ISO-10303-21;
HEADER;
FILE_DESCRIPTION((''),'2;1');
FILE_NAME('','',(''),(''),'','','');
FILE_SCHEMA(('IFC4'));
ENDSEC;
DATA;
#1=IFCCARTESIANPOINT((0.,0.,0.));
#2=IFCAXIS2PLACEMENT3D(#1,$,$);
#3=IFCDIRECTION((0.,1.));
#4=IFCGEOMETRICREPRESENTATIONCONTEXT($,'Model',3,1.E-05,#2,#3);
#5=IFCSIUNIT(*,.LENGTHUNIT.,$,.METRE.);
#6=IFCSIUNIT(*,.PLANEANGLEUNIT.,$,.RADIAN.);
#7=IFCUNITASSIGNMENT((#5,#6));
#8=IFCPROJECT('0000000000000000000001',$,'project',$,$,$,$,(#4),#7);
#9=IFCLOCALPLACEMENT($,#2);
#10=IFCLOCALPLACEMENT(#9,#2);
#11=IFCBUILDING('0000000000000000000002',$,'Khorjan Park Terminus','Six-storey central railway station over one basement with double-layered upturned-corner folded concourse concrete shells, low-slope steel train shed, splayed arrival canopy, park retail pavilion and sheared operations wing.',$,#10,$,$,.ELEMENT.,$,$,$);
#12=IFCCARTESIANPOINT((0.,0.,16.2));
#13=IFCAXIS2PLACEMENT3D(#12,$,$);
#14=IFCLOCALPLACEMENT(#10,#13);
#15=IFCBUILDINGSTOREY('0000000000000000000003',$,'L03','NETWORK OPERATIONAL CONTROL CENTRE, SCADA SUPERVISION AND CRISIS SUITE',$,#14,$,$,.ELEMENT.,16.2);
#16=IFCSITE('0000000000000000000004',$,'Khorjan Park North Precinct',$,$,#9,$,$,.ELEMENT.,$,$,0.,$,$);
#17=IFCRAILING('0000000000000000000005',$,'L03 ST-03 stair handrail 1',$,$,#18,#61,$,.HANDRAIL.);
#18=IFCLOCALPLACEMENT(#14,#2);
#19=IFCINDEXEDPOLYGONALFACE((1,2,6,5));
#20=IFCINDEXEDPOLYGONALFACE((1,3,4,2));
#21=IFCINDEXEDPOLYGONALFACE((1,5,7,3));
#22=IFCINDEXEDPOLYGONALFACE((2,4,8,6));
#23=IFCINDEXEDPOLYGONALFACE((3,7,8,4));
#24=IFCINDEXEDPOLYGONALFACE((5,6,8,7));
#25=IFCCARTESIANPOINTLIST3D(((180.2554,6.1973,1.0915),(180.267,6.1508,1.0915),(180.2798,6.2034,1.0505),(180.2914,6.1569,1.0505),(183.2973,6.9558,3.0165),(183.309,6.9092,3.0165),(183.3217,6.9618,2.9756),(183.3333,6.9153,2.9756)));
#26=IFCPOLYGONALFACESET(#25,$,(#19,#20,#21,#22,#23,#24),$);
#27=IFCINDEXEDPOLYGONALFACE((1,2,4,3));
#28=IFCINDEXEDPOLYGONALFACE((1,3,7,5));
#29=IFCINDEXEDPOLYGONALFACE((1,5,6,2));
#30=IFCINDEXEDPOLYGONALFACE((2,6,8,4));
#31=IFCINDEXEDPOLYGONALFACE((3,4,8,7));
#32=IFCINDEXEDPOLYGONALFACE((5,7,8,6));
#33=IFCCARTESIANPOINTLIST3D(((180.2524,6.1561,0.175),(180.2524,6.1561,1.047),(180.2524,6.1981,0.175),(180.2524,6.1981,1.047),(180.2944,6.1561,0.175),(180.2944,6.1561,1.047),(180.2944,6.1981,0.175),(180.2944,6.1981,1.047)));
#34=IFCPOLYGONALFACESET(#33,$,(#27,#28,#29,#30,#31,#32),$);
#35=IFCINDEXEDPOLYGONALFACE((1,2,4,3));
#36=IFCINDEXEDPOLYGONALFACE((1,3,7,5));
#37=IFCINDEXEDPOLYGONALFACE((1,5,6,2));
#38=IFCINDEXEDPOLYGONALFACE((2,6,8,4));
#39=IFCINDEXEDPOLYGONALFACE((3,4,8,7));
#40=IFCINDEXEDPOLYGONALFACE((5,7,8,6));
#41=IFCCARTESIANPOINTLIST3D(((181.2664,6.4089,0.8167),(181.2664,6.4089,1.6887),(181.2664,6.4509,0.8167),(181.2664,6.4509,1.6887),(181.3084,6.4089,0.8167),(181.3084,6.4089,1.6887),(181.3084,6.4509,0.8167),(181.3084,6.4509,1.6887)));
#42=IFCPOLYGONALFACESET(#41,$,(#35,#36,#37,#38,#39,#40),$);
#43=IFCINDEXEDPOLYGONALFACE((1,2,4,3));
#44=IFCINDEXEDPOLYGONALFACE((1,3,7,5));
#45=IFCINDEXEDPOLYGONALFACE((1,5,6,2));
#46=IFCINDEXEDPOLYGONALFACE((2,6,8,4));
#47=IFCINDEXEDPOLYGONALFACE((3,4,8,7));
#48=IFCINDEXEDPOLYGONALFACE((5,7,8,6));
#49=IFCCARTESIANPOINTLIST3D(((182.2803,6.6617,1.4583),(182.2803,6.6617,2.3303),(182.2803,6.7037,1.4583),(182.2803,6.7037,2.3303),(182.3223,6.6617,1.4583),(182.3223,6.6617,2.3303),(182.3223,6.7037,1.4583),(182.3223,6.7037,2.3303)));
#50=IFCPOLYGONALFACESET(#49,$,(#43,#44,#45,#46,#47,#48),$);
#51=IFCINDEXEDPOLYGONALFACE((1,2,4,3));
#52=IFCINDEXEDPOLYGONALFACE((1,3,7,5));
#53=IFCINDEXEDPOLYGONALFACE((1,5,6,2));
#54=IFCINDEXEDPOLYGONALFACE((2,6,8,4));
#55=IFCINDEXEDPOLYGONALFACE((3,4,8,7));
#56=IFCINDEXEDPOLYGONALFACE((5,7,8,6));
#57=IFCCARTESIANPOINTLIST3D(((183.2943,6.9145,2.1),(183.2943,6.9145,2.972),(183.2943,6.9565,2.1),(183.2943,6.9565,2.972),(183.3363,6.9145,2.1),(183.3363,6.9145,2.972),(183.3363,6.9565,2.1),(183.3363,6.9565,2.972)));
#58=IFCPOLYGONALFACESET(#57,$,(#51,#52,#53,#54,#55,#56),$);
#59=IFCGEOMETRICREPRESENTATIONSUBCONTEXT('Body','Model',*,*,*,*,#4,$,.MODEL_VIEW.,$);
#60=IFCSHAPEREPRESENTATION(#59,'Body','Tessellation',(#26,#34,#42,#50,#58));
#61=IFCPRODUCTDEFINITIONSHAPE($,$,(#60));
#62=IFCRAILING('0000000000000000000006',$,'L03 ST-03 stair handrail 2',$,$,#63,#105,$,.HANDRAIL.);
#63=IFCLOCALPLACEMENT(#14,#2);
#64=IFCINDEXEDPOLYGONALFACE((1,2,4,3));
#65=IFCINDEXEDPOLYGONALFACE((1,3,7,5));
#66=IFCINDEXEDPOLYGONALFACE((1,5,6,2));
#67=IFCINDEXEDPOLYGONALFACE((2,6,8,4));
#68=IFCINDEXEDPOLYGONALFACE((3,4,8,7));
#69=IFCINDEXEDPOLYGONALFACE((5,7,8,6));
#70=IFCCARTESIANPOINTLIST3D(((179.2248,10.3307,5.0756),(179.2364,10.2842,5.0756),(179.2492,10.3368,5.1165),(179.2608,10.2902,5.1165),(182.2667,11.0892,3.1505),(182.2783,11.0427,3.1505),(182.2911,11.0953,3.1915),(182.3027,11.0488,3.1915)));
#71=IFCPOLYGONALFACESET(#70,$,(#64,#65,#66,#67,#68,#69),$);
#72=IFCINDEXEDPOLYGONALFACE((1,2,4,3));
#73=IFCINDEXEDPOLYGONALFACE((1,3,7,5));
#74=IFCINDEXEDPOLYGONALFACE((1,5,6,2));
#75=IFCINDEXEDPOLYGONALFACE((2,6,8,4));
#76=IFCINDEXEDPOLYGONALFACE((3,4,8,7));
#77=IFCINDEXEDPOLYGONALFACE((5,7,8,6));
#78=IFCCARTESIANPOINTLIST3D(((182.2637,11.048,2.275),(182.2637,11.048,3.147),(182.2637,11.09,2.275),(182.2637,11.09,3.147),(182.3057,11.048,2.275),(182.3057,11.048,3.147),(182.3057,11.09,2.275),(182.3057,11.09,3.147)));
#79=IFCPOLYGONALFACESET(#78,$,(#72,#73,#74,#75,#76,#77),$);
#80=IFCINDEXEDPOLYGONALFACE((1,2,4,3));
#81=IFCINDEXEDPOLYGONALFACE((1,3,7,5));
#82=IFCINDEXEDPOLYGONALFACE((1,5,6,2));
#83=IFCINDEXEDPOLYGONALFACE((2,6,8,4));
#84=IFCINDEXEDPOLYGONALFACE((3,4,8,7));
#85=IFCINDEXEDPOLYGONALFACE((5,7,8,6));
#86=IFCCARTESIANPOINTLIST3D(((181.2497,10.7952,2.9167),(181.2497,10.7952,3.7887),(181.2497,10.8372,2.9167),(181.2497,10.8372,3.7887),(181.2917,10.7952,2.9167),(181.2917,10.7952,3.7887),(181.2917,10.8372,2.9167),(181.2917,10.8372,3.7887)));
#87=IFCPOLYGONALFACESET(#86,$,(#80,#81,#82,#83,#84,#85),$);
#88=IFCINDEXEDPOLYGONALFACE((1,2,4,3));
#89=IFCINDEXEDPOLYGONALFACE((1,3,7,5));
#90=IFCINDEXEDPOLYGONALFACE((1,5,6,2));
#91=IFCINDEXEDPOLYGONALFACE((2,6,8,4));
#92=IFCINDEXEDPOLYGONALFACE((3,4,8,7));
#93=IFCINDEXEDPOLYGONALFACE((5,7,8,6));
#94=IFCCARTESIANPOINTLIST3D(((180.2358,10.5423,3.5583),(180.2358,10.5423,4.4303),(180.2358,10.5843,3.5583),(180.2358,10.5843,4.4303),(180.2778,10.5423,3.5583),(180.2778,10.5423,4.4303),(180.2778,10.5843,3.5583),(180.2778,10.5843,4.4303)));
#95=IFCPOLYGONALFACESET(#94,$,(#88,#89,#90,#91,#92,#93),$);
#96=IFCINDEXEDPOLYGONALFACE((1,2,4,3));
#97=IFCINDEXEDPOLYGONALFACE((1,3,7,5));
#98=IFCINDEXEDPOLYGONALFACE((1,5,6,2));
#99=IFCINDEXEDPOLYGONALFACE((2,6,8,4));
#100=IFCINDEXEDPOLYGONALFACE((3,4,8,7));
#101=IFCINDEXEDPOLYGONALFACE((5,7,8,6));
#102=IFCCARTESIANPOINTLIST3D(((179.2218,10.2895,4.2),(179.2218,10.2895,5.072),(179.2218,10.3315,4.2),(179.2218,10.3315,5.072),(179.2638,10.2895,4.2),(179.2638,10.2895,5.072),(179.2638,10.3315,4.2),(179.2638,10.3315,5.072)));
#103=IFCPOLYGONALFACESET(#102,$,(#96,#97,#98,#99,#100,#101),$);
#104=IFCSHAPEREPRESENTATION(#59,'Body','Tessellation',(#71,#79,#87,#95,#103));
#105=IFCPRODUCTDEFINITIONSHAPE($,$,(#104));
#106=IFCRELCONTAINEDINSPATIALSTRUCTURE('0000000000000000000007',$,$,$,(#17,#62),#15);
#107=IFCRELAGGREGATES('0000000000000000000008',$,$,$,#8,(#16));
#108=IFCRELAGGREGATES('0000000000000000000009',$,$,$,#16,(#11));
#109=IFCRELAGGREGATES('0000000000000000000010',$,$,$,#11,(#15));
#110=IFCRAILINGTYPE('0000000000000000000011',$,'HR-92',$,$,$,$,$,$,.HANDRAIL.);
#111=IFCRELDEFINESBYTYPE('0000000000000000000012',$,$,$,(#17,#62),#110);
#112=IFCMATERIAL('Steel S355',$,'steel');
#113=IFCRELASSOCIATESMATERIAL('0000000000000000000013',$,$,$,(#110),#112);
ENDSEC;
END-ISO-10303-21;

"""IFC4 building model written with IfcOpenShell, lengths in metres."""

from ifc_helpers import new_model, si_unit, direction, frame, origin, origin_2d, place, context, subcontext, project, spatial, rectangle, extrude, material, type_object, element, save


model = new_model("IFC4")

# Units and contexts
model_context = context("Model", 3, precision=1e-05, world=origin(), true_north=direction((0.0, 1.0)))
body_context = subcontext(model_context, "Body", "Model", "MODEL_VIEW")
ifc_project = project(units=[si_unit("LENGTHUNIT", "METRE"), si_unit("PLANEANGLEUNIT", "RADIAN")], contexts=[model_context])

# Site, building, storey
site_placement = place(None, origin())
site = spatial("IfcSite", under=ifc_project, at=site_placement, Name="Khorjan Park North Precinct", CompositionType="ELEMENT", RefElevation=0.0)
building_placement = place(site_placement, origin())
building = spatial("IfcBuilding", under=site, at=building_placement, Name="Khorjan Park Terminus", Description="Six-storey central railway station over one basement with double-layered upturned-corner folded concourse concrete shells, low-slope steel train shed, splayed arrival canopy, park retail pavilion and sheared operations wing.", CompositionType="ELEMENT")
storey_placement = place(building_placement, frame((0.0, 0.0, 16.2)))
storey = spatial("IfcBuildingStorey", under=building, at=storey_placement, Name="L03", Description="NETWORK OPERATIONAL CONTROL CENTRE, SCADA SUPERVISION AND CRISIS SUITE", CompositionType="ELEMENT", Elevation=16.2)

# Shared definitions
ifc_material_1 = material(Name="Steel S355", Category="steel")

# Railings
railing_type_1 = type_object("IfcRailingType", Name="HR-92", PredefinedType="HANDRAIL", material=ifc_material_1)
railing_1_placement = place(storey_placement, frame((180.2734, 6.1771, 0.175)))
element("IfcRailing", 1, at=railing_1_placement, inside=storey, type_object=railing_type_1, Name="L03 ST-03 stair handrail 1", PredefinedType="HANDRAIL", context=body_context, shape_type="SweptSolid", body=[
    extrude(rectangle(XDim=0.048, YDim=0.048, at=origin_2d()), frame((0.0, 0.0, 0.896), z_axis=(0.826861, 0.206151, 0.523261), x_axis=(-0.241913, 0.970298, 0.0)), (0.0, 0.0, 1.0), 3.6789),
    extrude(rectangle(XDim=0.042, YDim=0.042, at=origin_2d()), origin(), (0.0, 0.0, 1.0), 0.872),
    extrude(rectangle(XDim=0.042, YDim=0.042, at=origin_2d()), frame((1.014, 0.2528, 0.6417)), (0.0, 0.0, 1.0), 0.872),
    extrude(rectangle(XDim=0.042, YDim=0.042, at=origin_2d()), frame((2.0279, 0.5056, 1.2833)), (0.0, 0.0, 1.0), 0.872),
    extrude(rectangle(XDim=0.042, YDim=0.042, at=origin_2d()), frame((3.0419, 0.7584, 1.925)), (0.0, 0.0, 1.0), 0.872),
])
railing_2_placement = place(storey_placement, frame((182.2847, 11.069, 2.275)))
element("IfcRailing", 2, at=railing_2_placement, inside=storey, type_object=railing_type_1, Name="L03 ST-03 stair handrail 2", PredefinedType="HANDRAIL", context=body_context, shape_type="SweptSolid", body=[
    extrude(rectangle(XDim=0.048, YDim=0.048, at=origin_2d()), frame((0.0, 0.0, 0.896), z_axis=(-0.826857, -0.206177, 0.523258), x_axis=(0.241943, -0.970291, 0.0)), (0.0, 0.0, 1.0), 3.6789),
    extrude(rectangle(XDim=0.042, YDim=0.042, at=origin_2d()), origin(), (0.0, 0.0, 1.0), 0.872),
    extrude(rectangle(XDim=0.042, YDim=0.042, at=origin_2d()), frame((-1.014, -0.2528, 0.6417)), (0.0, 0.0, 1.0), 0.872),
    extrude(rectangle(XDim=0.042, YDim=0.042, at=origin_2d()), frame((-2.0279, -0.5057, 1.2833)), (0.0, 0.0, 1.0), 0.872),
    extrude(rectangle(XDim=0.042, YDim=0.042, at=origin_2d()), frame((-3.0419, -0.7585, 1.925)), (0.0, 0.0, 1.0), 0.872),
])

save(model, "model.ifc")
